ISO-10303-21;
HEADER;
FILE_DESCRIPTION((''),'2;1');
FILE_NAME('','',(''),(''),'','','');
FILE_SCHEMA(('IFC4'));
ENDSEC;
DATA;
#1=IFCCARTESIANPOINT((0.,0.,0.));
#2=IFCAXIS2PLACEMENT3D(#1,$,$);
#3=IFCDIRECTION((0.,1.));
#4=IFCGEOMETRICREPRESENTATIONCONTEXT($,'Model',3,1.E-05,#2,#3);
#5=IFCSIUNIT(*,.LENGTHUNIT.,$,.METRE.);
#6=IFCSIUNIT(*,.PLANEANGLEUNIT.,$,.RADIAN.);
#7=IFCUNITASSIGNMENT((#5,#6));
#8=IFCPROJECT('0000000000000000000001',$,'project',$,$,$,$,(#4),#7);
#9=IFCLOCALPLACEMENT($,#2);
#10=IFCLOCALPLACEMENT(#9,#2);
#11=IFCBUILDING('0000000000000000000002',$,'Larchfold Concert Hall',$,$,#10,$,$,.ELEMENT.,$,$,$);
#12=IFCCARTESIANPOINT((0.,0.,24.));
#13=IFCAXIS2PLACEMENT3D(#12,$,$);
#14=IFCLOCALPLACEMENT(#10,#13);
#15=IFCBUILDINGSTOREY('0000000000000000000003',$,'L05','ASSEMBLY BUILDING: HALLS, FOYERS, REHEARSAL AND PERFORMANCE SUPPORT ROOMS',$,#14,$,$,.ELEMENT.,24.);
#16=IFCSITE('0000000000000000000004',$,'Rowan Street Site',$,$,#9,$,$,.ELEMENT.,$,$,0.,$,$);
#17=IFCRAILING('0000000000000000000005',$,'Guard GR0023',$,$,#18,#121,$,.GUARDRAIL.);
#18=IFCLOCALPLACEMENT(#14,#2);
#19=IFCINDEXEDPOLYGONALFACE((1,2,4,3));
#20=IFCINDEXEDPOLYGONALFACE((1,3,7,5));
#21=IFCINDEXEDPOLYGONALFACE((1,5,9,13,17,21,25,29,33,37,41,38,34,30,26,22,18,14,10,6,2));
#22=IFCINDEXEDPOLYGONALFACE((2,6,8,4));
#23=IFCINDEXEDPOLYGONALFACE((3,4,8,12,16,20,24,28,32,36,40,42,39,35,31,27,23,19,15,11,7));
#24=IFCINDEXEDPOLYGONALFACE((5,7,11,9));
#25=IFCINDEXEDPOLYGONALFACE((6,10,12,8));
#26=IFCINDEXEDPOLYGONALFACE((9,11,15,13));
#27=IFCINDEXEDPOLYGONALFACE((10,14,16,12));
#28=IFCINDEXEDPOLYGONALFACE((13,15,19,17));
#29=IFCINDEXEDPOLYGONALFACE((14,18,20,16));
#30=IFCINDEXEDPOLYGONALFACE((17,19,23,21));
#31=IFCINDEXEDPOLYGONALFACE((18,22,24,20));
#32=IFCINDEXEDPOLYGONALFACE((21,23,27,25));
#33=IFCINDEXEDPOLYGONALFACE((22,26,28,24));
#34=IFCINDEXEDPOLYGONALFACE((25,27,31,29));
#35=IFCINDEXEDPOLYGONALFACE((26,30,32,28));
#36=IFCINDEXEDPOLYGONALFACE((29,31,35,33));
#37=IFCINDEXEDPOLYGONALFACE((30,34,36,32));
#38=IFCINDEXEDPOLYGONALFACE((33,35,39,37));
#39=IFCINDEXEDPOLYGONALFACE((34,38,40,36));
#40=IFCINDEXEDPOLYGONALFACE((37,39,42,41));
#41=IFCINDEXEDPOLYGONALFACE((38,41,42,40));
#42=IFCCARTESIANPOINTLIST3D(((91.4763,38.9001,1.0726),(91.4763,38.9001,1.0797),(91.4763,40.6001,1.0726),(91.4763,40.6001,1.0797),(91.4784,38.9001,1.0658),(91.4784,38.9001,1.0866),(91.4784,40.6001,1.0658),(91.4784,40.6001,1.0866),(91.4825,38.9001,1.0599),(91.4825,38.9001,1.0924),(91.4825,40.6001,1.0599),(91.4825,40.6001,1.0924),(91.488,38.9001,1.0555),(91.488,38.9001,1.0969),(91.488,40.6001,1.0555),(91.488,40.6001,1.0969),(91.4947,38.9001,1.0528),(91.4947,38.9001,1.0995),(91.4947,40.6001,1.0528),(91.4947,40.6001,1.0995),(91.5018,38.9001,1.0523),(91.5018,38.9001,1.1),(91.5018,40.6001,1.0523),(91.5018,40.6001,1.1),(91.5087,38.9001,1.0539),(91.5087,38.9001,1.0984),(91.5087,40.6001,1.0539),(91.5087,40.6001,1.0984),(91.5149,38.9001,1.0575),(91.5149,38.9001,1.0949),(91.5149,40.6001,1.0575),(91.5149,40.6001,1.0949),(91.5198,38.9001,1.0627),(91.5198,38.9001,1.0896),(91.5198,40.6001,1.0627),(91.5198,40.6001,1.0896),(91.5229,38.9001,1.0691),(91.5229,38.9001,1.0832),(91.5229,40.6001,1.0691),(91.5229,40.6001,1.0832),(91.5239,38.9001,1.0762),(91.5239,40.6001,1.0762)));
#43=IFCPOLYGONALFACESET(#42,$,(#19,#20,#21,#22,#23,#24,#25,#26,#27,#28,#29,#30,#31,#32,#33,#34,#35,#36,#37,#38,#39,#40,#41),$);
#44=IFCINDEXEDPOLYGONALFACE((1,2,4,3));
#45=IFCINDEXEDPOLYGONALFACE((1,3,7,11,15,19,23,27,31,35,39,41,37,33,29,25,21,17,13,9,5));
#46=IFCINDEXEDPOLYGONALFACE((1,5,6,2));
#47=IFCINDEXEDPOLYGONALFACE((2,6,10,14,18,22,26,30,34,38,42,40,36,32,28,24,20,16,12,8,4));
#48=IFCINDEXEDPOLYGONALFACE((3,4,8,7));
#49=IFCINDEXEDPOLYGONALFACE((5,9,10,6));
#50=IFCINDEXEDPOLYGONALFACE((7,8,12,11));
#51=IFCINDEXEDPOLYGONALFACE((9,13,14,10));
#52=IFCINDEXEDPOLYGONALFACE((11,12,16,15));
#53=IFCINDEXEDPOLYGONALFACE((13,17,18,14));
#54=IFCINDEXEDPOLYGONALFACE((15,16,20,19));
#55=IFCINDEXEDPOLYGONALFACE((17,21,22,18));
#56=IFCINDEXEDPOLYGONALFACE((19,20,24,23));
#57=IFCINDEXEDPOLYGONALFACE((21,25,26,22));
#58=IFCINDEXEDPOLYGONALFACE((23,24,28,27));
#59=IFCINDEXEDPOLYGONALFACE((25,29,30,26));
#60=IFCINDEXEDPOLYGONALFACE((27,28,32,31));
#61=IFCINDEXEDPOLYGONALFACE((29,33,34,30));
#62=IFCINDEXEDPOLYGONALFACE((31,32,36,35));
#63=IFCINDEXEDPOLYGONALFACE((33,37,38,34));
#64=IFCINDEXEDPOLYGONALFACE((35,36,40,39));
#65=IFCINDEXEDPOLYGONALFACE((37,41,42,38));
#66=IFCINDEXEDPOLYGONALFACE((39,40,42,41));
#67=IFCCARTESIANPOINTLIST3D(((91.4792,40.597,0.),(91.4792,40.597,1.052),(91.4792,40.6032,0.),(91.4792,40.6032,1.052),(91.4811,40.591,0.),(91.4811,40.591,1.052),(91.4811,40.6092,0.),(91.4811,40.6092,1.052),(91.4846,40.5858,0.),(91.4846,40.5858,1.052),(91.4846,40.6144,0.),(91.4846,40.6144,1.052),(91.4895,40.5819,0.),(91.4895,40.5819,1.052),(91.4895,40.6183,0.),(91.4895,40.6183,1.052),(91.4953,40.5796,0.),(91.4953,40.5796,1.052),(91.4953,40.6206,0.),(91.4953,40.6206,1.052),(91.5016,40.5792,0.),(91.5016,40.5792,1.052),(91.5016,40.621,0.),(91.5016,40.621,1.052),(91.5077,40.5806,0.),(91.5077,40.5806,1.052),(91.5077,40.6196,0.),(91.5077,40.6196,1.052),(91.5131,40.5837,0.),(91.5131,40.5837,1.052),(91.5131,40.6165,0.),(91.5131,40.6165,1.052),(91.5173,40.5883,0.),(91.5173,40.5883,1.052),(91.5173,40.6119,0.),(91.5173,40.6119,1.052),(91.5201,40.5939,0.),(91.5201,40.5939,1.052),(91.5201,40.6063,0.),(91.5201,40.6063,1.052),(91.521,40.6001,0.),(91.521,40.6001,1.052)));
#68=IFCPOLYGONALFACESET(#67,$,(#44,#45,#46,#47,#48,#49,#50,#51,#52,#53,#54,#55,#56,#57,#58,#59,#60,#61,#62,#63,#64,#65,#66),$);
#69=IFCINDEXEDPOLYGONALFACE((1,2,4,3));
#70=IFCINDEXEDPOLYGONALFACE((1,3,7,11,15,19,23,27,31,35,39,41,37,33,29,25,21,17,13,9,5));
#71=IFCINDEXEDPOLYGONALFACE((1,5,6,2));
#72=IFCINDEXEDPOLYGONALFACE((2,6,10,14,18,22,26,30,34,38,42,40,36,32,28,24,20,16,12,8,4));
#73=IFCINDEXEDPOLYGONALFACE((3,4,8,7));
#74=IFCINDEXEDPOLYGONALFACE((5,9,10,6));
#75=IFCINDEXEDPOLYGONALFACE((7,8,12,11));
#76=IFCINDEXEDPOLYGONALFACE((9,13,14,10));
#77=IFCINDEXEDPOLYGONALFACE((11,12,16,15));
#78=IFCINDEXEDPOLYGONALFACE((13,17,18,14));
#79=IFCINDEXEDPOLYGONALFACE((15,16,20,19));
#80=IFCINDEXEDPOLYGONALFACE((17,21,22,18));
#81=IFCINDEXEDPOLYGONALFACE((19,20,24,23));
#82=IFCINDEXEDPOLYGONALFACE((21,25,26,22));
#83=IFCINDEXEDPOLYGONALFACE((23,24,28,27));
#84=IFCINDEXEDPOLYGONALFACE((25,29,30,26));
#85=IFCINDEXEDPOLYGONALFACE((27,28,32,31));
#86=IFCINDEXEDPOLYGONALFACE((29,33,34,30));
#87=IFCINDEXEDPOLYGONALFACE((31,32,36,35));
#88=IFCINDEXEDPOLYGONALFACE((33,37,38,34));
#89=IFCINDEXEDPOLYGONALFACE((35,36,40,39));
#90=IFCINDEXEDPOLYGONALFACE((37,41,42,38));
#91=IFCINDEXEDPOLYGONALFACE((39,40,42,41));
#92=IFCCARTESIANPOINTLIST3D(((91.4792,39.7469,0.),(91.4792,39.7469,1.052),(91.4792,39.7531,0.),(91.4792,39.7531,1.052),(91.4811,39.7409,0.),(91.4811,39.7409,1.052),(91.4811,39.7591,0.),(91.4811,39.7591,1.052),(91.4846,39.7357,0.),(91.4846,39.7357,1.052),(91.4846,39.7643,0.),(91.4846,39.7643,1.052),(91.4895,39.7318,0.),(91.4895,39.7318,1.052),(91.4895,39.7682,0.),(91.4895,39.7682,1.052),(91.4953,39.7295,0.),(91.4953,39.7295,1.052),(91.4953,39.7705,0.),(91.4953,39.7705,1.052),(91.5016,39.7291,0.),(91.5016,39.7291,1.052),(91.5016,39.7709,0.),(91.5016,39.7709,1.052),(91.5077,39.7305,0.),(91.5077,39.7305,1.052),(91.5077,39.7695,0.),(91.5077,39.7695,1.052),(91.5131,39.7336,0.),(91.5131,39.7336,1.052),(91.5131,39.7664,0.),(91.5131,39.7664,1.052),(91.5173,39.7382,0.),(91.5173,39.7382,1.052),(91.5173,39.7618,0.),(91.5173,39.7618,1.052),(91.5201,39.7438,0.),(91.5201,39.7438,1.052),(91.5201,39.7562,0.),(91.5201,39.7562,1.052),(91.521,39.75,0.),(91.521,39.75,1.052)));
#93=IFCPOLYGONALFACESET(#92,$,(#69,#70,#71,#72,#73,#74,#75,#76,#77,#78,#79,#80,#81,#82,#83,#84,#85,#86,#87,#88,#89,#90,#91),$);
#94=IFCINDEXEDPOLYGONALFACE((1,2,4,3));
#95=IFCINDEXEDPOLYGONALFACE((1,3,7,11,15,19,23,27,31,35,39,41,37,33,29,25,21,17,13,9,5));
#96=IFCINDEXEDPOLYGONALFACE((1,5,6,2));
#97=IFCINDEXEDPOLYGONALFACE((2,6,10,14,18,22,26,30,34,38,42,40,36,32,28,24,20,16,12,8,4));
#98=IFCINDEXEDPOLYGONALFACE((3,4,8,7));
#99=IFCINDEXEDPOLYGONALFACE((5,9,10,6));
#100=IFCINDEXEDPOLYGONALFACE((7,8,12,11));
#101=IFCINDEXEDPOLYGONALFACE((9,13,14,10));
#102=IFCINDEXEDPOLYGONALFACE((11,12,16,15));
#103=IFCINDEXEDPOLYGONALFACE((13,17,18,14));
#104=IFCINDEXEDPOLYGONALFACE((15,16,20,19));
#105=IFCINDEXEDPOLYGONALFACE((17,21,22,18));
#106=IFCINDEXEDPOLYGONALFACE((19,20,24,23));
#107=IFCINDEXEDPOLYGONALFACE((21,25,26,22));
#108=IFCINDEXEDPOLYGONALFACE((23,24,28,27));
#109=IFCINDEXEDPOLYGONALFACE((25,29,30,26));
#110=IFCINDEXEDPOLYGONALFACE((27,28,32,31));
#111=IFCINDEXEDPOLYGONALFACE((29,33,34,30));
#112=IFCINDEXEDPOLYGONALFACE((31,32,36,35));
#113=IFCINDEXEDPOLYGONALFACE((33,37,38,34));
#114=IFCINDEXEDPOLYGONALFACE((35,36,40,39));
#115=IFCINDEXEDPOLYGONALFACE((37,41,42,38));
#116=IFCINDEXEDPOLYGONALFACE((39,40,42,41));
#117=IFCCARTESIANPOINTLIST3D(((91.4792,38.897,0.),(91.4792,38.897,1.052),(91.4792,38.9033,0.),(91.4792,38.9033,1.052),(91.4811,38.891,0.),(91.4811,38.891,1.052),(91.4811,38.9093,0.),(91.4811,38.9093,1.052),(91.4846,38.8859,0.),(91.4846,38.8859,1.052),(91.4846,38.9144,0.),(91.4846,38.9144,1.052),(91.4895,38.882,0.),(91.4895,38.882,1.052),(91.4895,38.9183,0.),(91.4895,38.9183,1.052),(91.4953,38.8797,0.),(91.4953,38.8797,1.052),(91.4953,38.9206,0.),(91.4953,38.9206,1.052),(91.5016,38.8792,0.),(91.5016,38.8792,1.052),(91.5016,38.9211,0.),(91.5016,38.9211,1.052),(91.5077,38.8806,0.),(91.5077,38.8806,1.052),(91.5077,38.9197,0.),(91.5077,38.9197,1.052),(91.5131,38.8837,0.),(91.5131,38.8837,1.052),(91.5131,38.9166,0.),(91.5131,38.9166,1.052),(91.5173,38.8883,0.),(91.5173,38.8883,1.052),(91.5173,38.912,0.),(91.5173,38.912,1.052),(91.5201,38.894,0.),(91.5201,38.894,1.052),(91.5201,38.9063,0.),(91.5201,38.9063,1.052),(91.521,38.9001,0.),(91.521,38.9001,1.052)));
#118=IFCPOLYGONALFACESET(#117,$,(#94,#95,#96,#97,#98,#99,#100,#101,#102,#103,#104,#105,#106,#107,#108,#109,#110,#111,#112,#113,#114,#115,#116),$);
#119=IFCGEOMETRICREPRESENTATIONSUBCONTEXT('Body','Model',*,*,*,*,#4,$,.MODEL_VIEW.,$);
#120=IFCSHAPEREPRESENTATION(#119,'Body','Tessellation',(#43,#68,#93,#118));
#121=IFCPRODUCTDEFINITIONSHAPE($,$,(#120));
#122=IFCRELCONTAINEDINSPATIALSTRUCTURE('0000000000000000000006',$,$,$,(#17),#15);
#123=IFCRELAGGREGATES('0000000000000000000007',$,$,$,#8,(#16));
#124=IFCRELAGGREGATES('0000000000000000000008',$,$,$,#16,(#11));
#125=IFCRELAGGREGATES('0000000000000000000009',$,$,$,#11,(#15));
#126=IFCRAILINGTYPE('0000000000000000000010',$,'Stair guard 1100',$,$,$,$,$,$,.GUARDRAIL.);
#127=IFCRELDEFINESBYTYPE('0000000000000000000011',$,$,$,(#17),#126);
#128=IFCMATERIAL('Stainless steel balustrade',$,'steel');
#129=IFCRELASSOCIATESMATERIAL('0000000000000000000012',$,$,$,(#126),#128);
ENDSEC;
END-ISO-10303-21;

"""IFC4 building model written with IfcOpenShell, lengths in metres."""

from ifc_helpers import new_model, si_unit, direction, frame, origin, origin_2d, place, context, subcontext, project, spatial, circle, extrude, material, type_object, element, save


model = new_model("IFC4")

# Units and contexts
model_context = context("Model", 3, precision=1e-05, world=origin(), true_north=direction((0.0, 1.0)))
body_context = subcontext(model_context, "Body", "Model", "MODEL_VIEW")
ifc_project = project(units=[si_unit("LENGTHUNIT", "METRE"), si_unit("PLANEANGLEUNIT", "RADIAN")], contexts=[model_context])

# Site, building, storey
site_placement = place(None, origin())
site = spatial("IfcSite", under=ifc_project, at=site_placement, Name="Rowan Street Site", CompositionType="ELEMENT", RefElevation=0.0)
building_placement = place(site_placement, origin())
building = spatial("IfcBuilding", under=site, at=building_placement, Name="Larchfold Concert Hall", CompositionType="ELEMENT")
storey_placement = place(building_placement, frame((0.0, 0.0, 24.0)))
storey = spatial("IfcBuildingStorey", under=building, at=storey_placement, Name="L05", Description="ASSEMBLY BUILDING: HALLS, FOYERS, REHEARSAL AND PERFORMANCE SUPPORT ROOMS", CompositionType="ELEMENT", Elevation=24.0)

# Railing
ifc_material_1 = material(Name="Stainless steel balustrade", Category="steel")
railing_type = type_object("IfcRailingType", Name="Stair guard 1100", PredefinedType="GUARDRAIL", material=ifc_material_1)
railing_placement = place(storey_placement, frame((91.5, 40.6001, 0.0)))
element("IfcRailing", 1, at=railing_placement, inside=storey, type_object=railing_type, Name="Guard GR0023", PredefinedType="GUARDRAIL", context=body_context, shape_type="SweptSolid", body=[
    extrude(circle(Radius=0.0239, at=origin_2d()), frame((0.0, 0.0, 1.0762), z_axis=(0.0, -1.0, 0.0), x_axis=(1.0, 0.0, 0.0)), (0.0, 0.0, 1.0), 1.7),
    extrude(circle(Radius=0.021, at=origin_2d()), origin(), (0.0, 0.0, 1.0), 1.052),
    extrude(circle(Radius=0.021, at=origin_2d()), frame((0.0, -0.8501, 0.0)), (0.0, 0.0, 1.0), 1.052),
    extrude(circle(Radius=0.021, at=origin_2d()), frame((0.0, -1.7, 0.0)), (0.0, 0.0, 1.0), 1.052),
])

save(model, "model.ifc")
